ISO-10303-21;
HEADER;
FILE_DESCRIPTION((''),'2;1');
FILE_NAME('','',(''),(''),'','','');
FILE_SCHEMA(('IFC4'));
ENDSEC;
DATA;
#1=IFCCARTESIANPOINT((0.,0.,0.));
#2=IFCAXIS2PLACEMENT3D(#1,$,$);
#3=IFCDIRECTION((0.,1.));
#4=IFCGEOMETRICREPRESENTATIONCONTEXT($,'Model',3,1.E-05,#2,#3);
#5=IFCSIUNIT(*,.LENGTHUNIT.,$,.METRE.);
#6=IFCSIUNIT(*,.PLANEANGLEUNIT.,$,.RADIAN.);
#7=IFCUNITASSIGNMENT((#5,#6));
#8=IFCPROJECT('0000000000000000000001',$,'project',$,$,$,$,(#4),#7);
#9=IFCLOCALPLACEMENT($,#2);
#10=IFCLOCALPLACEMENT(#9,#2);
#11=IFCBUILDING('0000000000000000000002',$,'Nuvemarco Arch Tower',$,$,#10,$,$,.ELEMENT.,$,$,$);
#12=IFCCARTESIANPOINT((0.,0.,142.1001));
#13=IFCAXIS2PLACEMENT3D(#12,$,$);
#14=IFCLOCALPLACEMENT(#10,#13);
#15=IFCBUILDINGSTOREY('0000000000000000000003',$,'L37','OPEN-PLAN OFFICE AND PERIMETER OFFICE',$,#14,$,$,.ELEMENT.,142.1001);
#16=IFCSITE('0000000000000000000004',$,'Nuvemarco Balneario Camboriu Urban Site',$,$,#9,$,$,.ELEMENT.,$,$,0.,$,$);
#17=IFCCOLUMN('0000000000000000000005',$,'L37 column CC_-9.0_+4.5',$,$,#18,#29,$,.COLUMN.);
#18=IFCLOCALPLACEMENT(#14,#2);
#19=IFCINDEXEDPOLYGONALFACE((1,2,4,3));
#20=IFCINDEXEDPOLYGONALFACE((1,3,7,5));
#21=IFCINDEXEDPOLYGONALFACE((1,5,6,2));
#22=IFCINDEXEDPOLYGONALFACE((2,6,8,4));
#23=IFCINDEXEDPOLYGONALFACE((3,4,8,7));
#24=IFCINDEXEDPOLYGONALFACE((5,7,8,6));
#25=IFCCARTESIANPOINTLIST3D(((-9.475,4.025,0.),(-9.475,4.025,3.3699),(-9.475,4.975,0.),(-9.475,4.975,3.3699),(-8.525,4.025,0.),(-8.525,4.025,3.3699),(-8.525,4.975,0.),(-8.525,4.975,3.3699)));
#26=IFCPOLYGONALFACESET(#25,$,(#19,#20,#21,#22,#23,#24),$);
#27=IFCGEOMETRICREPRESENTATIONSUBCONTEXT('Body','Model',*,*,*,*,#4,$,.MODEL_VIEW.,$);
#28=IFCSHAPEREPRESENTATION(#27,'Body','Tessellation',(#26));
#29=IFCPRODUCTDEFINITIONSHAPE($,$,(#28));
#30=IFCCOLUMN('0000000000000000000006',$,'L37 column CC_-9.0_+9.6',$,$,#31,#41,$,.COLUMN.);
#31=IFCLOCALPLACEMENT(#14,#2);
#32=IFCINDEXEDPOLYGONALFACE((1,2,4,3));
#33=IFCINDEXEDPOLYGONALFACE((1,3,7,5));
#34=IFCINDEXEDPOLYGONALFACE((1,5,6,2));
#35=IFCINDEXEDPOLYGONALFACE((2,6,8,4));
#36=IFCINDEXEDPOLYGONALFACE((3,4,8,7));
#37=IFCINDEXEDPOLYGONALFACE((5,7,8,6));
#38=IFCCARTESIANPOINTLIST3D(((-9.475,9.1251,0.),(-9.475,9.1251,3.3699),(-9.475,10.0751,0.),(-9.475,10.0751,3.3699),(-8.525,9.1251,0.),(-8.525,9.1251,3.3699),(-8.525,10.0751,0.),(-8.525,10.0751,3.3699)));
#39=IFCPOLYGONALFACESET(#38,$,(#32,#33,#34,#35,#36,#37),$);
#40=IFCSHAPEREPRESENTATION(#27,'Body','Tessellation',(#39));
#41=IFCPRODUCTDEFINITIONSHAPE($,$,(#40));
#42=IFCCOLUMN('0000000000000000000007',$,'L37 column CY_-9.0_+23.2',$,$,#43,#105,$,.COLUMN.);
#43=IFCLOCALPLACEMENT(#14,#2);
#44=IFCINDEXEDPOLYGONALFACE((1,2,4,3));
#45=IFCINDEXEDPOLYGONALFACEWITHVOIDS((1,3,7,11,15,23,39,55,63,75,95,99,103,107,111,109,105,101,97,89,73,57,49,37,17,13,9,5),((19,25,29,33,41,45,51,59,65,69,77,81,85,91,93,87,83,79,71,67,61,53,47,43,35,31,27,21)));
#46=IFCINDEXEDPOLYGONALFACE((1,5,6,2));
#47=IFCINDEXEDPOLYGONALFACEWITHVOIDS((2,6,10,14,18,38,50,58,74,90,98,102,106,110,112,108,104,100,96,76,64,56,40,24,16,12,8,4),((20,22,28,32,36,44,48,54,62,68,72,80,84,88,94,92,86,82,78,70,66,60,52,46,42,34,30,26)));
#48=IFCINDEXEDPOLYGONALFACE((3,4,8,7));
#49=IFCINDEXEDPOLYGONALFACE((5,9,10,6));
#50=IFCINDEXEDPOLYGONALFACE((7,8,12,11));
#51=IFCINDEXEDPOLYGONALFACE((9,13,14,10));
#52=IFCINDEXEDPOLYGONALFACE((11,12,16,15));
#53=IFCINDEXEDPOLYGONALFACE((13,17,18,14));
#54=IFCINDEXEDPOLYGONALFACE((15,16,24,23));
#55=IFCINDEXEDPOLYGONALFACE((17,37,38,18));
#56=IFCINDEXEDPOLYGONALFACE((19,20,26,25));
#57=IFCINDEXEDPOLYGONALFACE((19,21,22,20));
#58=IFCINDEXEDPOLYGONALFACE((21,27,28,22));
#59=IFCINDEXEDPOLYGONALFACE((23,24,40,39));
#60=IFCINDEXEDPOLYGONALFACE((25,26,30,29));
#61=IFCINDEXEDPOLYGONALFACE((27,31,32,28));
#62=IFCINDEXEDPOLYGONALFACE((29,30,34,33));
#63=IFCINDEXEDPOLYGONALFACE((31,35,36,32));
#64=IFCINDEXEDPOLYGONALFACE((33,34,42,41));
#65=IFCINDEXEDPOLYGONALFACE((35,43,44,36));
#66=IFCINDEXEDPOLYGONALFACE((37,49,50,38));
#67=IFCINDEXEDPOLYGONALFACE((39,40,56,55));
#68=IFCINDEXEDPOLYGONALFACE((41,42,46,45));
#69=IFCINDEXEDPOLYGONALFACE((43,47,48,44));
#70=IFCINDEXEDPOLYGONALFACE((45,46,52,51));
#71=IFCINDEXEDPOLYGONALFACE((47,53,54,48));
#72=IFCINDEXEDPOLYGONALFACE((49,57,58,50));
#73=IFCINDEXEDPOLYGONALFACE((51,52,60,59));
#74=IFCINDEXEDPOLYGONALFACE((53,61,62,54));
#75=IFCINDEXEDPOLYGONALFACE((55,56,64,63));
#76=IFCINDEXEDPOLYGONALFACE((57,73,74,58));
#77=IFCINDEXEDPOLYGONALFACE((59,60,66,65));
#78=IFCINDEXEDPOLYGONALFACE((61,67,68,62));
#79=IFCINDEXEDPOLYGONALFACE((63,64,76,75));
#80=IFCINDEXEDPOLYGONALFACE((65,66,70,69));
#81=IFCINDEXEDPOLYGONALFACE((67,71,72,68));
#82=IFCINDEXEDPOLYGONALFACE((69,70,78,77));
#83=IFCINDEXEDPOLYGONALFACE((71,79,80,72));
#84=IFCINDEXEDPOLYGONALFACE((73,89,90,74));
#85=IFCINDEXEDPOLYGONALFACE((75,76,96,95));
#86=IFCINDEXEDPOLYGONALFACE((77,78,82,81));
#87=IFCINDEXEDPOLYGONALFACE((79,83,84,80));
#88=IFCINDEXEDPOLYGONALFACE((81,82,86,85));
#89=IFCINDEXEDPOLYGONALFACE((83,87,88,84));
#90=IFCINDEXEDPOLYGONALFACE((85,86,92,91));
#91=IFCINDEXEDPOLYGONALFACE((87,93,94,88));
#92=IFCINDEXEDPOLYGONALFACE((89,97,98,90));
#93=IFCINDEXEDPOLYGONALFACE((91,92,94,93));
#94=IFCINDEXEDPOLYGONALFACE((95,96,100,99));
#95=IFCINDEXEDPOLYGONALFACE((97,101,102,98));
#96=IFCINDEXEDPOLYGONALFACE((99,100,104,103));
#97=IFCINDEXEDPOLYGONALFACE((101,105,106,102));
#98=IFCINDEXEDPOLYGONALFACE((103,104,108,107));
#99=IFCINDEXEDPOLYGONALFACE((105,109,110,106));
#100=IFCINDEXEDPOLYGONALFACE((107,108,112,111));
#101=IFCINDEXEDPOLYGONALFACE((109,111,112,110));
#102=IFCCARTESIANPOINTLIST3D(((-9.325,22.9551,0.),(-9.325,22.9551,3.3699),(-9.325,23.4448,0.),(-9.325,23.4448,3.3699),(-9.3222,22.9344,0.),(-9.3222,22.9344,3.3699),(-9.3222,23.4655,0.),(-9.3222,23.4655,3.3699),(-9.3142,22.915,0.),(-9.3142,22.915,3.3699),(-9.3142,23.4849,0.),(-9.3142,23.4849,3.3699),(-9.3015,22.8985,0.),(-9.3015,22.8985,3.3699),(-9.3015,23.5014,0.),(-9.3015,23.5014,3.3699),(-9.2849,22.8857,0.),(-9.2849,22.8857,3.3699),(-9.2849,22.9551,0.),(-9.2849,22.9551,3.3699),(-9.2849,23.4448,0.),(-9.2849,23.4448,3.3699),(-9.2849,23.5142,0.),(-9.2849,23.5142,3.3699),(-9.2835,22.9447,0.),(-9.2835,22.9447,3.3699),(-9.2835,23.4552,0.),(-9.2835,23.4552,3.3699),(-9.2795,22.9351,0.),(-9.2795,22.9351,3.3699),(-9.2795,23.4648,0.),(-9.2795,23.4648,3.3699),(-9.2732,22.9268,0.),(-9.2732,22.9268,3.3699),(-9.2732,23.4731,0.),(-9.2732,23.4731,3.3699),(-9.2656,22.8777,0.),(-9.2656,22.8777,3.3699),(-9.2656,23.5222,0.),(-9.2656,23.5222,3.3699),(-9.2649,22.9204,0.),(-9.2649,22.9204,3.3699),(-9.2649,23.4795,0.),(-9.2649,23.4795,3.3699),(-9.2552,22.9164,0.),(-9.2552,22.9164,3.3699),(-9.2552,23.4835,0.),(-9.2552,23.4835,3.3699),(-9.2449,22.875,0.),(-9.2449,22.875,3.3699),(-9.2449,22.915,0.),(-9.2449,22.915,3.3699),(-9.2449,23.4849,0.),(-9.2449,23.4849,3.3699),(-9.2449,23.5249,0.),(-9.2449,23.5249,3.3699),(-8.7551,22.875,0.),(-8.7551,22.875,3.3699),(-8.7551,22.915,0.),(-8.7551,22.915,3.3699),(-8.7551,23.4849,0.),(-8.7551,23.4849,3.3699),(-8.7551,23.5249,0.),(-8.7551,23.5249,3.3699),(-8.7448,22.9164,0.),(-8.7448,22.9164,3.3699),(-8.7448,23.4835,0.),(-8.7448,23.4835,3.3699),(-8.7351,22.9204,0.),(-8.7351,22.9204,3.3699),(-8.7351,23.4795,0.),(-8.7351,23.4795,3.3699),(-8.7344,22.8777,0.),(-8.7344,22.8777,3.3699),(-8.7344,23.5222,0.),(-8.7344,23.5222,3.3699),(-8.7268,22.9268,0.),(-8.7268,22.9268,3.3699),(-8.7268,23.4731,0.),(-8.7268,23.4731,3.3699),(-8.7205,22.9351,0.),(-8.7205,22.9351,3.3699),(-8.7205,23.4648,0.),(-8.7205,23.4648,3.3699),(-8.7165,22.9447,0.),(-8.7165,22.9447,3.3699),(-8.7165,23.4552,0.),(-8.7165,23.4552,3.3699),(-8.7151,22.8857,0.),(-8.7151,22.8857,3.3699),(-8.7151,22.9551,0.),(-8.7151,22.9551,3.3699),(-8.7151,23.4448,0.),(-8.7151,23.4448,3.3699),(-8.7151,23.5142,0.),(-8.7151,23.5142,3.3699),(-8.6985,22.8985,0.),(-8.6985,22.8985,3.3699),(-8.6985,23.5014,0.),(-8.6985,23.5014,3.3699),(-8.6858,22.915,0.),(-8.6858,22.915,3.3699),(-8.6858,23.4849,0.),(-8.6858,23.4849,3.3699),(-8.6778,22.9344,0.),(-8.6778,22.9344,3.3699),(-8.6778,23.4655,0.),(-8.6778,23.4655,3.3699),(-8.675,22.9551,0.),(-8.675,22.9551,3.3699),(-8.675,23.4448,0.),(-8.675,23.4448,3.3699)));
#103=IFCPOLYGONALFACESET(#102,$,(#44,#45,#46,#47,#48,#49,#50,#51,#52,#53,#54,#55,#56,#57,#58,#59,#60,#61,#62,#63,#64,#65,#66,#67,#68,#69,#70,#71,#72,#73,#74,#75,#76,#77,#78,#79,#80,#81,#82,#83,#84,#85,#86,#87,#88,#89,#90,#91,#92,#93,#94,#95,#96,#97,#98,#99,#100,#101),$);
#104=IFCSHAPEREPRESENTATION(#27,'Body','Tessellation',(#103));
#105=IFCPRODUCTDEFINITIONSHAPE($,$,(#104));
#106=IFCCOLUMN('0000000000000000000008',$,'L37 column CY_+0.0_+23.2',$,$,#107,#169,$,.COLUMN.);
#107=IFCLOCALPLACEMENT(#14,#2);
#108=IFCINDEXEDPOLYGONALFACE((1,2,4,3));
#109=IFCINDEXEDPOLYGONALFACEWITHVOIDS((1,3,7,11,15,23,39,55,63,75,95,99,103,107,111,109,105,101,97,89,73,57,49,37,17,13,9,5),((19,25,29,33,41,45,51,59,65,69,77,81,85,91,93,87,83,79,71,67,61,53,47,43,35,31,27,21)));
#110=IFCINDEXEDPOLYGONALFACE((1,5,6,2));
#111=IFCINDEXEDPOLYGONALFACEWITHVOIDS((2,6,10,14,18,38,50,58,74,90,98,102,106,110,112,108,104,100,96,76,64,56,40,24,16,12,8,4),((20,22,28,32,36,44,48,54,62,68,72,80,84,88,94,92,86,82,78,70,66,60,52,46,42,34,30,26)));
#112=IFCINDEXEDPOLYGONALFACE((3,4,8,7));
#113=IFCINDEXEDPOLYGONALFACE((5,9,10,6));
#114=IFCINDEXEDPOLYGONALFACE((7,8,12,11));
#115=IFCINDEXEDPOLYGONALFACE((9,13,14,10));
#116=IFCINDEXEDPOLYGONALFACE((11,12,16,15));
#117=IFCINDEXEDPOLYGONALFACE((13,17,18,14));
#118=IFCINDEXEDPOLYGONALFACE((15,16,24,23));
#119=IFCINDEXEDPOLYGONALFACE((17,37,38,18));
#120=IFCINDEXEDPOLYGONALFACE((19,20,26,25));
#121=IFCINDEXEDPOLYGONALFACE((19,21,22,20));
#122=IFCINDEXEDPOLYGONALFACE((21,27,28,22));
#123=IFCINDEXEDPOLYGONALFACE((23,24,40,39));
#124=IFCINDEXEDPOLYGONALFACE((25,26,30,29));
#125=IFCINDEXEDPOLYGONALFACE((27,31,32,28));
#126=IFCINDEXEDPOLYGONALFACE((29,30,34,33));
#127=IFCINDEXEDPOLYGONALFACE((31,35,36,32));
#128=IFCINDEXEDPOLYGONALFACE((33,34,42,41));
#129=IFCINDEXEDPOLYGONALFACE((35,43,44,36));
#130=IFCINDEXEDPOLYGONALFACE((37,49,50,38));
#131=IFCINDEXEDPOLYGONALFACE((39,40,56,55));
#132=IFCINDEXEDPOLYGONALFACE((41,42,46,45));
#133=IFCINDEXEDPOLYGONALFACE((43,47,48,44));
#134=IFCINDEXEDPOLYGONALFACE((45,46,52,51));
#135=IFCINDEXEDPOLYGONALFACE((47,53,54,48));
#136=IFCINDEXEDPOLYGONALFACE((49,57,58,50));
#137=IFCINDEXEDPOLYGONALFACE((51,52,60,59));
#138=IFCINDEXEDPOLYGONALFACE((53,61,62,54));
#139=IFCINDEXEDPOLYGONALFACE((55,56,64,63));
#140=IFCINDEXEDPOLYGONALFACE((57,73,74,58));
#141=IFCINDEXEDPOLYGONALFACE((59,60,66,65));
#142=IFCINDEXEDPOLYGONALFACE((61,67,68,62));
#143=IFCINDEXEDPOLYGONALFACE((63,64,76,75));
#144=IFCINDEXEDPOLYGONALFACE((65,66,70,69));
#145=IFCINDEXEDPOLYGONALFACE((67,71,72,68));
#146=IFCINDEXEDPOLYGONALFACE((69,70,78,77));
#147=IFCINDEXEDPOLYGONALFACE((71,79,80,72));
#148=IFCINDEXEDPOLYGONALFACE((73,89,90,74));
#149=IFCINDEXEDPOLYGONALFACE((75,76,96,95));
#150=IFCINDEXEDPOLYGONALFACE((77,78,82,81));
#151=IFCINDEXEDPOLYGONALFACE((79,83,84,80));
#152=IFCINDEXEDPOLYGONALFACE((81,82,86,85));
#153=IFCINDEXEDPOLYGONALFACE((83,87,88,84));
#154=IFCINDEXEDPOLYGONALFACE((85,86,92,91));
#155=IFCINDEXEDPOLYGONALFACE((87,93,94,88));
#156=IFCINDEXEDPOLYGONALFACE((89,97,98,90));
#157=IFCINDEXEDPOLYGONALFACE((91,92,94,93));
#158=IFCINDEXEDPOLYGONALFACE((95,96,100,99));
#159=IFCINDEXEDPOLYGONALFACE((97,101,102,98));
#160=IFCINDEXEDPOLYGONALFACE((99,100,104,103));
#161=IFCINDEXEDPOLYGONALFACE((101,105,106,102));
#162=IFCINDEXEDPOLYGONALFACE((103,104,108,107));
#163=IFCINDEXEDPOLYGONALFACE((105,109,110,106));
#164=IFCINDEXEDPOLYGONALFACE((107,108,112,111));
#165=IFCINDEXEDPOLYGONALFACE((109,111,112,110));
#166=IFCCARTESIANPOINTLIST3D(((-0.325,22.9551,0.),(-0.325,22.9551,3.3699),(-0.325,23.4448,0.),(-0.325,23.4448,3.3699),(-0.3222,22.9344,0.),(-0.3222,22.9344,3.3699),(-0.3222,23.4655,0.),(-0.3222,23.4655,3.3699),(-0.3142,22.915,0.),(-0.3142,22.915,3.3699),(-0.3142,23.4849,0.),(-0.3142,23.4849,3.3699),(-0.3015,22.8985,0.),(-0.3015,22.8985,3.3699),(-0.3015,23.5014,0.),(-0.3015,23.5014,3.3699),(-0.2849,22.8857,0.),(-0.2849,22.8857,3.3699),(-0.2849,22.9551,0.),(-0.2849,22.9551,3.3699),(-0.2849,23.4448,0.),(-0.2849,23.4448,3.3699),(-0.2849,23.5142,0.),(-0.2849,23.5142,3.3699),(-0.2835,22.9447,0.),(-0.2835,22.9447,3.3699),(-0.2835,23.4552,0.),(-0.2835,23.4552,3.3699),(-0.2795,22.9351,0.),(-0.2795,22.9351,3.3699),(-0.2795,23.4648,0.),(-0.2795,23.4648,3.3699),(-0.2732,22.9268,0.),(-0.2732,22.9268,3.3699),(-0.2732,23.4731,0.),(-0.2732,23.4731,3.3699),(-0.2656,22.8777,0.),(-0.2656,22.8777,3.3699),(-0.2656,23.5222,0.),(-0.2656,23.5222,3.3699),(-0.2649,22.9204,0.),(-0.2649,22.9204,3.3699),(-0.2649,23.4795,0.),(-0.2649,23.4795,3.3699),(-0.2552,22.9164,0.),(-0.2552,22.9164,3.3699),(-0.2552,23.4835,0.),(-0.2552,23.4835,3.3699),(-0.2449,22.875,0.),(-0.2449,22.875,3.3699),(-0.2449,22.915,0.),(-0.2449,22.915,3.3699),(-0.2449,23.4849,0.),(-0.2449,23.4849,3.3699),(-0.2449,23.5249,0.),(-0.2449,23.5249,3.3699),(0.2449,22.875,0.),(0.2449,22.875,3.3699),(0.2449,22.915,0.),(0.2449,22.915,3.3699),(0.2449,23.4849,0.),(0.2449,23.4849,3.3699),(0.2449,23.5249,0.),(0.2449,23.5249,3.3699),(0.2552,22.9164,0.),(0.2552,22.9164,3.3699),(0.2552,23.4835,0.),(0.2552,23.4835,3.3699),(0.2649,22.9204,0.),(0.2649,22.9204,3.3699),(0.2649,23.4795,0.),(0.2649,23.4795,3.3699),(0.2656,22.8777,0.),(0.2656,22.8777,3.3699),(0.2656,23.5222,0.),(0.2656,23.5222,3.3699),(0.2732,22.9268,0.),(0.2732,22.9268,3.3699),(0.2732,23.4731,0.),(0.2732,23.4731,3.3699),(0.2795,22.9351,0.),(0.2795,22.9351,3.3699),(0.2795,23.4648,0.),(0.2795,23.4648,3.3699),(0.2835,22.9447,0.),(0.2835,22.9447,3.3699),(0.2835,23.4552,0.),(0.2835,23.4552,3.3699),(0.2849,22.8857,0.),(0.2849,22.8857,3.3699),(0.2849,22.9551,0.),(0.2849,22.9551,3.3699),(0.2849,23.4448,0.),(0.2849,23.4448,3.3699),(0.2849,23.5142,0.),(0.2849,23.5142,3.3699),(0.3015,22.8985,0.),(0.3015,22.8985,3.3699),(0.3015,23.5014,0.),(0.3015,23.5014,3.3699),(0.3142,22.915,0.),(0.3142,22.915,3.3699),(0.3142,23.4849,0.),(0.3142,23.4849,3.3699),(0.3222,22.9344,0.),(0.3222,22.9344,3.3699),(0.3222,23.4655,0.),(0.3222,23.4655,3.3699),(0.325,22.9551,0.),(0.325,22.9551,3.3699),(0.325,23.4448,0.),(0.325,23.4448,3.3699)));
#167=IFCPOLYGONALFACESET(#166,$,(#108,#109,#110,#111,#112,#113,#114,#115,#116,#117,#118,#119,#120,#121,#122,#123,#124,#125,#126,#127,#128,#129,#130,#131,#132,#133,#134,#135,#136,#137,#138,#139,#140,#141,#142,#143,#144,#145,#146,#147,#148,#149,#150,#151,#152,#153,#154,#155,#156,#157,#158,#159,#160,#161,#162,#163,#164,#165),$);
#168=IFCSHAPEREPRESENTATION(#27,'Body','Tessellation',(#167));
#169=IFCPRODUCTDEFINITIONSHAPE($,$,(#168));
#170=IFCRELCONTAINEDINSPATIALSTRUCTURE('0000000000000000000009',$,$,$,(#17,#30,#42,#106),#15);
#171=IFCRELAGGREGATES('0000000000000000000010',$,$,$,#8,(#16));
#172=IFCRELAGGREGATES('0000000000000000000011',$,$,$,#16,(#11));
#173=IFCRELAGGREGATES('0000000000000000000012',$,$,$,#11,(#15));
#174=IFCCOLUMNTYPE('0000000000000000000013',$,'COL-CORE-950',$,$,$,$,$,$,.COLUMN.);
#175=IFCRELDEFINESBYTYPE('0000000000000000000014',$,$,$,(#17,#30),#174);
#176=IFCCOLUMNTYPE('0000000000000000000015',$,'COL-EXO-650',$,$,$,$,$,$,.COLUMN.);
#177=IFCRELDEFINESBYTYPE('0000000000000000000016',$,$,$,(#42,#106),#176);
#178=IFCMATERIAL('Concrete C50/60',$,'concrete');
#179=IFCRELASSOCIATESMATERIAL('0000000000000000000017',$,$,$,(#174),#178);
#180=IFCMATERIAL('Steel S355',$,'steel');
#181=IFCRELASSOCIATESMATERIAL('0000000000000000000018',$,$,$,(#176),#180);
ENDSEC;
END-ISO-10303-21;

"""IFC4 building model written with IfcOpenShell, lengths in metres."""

from ifc_helpers import new_model, si_unit, direction, frame, origin, origin_2d, place, context, subcontext, project, spatial, rectangle, hollow_rectangle, extrude, material, material_profile, profile_set, type_object, element, save


model = new_model("IFC4")

# Units and contexts
model_context = context("Model", 3, precision=1e-05, world=origin(), true_north=direction((0.0, 1.0)))
body_context = subcontext(model_context, "Body", "Model", "MODEL_VIEW")
ifc_project = project(units=[si_unit("LENGTHUNIT", "METRE"), si_unit("PLANEANGLEUNIT", "RADIAN")], contexts=[model_context])

# Site, building, storey
site_placement = place(None, origin())
site = spatial("IfcSite", under=ifc_project, at=site_placement, Name="Nuvemarco Balneario Camboriu Urban Site", CompositionType="ELEMENT", RefElevation=0.0)
building_placement = place(site_placement, origin())
building = spatial("IfcBuilding", under=site, at=building_placement, Name="Nuvemarco Arch Tower", CompositionType="ELEMENT")
storey_placement = place(building_placement, frame((0.0, 0.0, 142.1001)))
storey = spatial("IfcBuildingStorey", under=building, at=storey_placement, Name="L37", Description="OPEN-PLAN OFFICE AND PERIMETER OFFICE", CompositionType="ELEMENT", Elevation=142.1001)

# Columns
ifc_material_1 = material(Name="Concrete C50/60", Category="concrete")
ifc_material_profile_1 = material_profile(ifc_material_1, rectangle(XDim=0.95, YDim=0.95, at=origin_2d()), Name="RC-COL-950x950")
ifc_profile_set_1 = profile_set([ifc_material_profile_1], Name="Concrete C50/60")
column_type_1 = type_object("IfcColumnType", Name="COL-CORE-950", PredefinedType="COLUMN", material=ifc_profile_set_1)
for number, where, z_axis, x_axis, name in (
    (1, (-9.0, 4.5, 0.0), (0.0, 0.0, 1.0), (1.0, 0.0, 0.0), "L37 column CC_-9.0_+4.5"),
    (2, (-9.0, 9.6001, 0.0), (0.0, 0.0, 1.0), (1.0, 0.0, 0.0), "L37 column CC_-9.0_+9.6"),
):
    element("IfcColumn", number, at=place(storey_placement, frame(where, z_axis=z_axis, x_axis=x_axis)), inside=storey, type_object=column_type_1, Name=name, PredefinedType="COLUMN", context=body_context, shape_type="SweptSolid", body=[
        extrude(rectangle(XDim=0.95, YDim=0.95, at=origin_2d()), origin(), (0.0, 0.0, 1.0), 3.3699),
    ])
ifc_material_2 = material(Name="Steel S355", Category="steel")
ifc_material_profile_2 = material_profile(ifc_material_2, hollow_rectangle(XDim=0.6499, YDim=0.6499, WallThickness=0.04, InnerFilletRadius=0.04, OuterFilletRadius=0.0801, at=origin_2d()), Name="SHS650x650x40")
ifc_profile_set_2 = profile_set([ifc_material_profile_2], Name="Steel S355")
column_type_2 = type_object("IfcColumnType", Name="COL-EXO-650", PredefinedType="COLUMN", material=ifc_profile_set_2)
for number, where, z_axis, x_axis, name in (
    (3, (-9.0, 23.2, 0.0), (0.0, 0.0, 1.0), (1.0, 0.0, 0.0), "L37 column CY_-9.0_+23.2"),
    (4, (0.0, 23.2, 0.0), (0.0, 0.0, 1.0), (1.0, 0.0, 0.0), "L37 column CY_+0.0_+23.2"),
):
    element("IfcColumn", number, at=place(storey_placement, frame(where, z_axis=z_axis, x_axis=x_axis)), inside=storey, type_object=column_type_2, Name=name, PredefinedType="COLUMN", context=body_context, shape_type="SweptSolid", body=[
        extrude(hollow_rectangle(XDim=0.6499, YDim=0.6499, WallThickness=0.04, InnerFilletRadius=0.04, OuterFilletRadius=0.0801, at=origin_2d()), origin(), (0.0, 0.0, 1.0), 3.3699),
    ])

save(model, "model.ifc")
